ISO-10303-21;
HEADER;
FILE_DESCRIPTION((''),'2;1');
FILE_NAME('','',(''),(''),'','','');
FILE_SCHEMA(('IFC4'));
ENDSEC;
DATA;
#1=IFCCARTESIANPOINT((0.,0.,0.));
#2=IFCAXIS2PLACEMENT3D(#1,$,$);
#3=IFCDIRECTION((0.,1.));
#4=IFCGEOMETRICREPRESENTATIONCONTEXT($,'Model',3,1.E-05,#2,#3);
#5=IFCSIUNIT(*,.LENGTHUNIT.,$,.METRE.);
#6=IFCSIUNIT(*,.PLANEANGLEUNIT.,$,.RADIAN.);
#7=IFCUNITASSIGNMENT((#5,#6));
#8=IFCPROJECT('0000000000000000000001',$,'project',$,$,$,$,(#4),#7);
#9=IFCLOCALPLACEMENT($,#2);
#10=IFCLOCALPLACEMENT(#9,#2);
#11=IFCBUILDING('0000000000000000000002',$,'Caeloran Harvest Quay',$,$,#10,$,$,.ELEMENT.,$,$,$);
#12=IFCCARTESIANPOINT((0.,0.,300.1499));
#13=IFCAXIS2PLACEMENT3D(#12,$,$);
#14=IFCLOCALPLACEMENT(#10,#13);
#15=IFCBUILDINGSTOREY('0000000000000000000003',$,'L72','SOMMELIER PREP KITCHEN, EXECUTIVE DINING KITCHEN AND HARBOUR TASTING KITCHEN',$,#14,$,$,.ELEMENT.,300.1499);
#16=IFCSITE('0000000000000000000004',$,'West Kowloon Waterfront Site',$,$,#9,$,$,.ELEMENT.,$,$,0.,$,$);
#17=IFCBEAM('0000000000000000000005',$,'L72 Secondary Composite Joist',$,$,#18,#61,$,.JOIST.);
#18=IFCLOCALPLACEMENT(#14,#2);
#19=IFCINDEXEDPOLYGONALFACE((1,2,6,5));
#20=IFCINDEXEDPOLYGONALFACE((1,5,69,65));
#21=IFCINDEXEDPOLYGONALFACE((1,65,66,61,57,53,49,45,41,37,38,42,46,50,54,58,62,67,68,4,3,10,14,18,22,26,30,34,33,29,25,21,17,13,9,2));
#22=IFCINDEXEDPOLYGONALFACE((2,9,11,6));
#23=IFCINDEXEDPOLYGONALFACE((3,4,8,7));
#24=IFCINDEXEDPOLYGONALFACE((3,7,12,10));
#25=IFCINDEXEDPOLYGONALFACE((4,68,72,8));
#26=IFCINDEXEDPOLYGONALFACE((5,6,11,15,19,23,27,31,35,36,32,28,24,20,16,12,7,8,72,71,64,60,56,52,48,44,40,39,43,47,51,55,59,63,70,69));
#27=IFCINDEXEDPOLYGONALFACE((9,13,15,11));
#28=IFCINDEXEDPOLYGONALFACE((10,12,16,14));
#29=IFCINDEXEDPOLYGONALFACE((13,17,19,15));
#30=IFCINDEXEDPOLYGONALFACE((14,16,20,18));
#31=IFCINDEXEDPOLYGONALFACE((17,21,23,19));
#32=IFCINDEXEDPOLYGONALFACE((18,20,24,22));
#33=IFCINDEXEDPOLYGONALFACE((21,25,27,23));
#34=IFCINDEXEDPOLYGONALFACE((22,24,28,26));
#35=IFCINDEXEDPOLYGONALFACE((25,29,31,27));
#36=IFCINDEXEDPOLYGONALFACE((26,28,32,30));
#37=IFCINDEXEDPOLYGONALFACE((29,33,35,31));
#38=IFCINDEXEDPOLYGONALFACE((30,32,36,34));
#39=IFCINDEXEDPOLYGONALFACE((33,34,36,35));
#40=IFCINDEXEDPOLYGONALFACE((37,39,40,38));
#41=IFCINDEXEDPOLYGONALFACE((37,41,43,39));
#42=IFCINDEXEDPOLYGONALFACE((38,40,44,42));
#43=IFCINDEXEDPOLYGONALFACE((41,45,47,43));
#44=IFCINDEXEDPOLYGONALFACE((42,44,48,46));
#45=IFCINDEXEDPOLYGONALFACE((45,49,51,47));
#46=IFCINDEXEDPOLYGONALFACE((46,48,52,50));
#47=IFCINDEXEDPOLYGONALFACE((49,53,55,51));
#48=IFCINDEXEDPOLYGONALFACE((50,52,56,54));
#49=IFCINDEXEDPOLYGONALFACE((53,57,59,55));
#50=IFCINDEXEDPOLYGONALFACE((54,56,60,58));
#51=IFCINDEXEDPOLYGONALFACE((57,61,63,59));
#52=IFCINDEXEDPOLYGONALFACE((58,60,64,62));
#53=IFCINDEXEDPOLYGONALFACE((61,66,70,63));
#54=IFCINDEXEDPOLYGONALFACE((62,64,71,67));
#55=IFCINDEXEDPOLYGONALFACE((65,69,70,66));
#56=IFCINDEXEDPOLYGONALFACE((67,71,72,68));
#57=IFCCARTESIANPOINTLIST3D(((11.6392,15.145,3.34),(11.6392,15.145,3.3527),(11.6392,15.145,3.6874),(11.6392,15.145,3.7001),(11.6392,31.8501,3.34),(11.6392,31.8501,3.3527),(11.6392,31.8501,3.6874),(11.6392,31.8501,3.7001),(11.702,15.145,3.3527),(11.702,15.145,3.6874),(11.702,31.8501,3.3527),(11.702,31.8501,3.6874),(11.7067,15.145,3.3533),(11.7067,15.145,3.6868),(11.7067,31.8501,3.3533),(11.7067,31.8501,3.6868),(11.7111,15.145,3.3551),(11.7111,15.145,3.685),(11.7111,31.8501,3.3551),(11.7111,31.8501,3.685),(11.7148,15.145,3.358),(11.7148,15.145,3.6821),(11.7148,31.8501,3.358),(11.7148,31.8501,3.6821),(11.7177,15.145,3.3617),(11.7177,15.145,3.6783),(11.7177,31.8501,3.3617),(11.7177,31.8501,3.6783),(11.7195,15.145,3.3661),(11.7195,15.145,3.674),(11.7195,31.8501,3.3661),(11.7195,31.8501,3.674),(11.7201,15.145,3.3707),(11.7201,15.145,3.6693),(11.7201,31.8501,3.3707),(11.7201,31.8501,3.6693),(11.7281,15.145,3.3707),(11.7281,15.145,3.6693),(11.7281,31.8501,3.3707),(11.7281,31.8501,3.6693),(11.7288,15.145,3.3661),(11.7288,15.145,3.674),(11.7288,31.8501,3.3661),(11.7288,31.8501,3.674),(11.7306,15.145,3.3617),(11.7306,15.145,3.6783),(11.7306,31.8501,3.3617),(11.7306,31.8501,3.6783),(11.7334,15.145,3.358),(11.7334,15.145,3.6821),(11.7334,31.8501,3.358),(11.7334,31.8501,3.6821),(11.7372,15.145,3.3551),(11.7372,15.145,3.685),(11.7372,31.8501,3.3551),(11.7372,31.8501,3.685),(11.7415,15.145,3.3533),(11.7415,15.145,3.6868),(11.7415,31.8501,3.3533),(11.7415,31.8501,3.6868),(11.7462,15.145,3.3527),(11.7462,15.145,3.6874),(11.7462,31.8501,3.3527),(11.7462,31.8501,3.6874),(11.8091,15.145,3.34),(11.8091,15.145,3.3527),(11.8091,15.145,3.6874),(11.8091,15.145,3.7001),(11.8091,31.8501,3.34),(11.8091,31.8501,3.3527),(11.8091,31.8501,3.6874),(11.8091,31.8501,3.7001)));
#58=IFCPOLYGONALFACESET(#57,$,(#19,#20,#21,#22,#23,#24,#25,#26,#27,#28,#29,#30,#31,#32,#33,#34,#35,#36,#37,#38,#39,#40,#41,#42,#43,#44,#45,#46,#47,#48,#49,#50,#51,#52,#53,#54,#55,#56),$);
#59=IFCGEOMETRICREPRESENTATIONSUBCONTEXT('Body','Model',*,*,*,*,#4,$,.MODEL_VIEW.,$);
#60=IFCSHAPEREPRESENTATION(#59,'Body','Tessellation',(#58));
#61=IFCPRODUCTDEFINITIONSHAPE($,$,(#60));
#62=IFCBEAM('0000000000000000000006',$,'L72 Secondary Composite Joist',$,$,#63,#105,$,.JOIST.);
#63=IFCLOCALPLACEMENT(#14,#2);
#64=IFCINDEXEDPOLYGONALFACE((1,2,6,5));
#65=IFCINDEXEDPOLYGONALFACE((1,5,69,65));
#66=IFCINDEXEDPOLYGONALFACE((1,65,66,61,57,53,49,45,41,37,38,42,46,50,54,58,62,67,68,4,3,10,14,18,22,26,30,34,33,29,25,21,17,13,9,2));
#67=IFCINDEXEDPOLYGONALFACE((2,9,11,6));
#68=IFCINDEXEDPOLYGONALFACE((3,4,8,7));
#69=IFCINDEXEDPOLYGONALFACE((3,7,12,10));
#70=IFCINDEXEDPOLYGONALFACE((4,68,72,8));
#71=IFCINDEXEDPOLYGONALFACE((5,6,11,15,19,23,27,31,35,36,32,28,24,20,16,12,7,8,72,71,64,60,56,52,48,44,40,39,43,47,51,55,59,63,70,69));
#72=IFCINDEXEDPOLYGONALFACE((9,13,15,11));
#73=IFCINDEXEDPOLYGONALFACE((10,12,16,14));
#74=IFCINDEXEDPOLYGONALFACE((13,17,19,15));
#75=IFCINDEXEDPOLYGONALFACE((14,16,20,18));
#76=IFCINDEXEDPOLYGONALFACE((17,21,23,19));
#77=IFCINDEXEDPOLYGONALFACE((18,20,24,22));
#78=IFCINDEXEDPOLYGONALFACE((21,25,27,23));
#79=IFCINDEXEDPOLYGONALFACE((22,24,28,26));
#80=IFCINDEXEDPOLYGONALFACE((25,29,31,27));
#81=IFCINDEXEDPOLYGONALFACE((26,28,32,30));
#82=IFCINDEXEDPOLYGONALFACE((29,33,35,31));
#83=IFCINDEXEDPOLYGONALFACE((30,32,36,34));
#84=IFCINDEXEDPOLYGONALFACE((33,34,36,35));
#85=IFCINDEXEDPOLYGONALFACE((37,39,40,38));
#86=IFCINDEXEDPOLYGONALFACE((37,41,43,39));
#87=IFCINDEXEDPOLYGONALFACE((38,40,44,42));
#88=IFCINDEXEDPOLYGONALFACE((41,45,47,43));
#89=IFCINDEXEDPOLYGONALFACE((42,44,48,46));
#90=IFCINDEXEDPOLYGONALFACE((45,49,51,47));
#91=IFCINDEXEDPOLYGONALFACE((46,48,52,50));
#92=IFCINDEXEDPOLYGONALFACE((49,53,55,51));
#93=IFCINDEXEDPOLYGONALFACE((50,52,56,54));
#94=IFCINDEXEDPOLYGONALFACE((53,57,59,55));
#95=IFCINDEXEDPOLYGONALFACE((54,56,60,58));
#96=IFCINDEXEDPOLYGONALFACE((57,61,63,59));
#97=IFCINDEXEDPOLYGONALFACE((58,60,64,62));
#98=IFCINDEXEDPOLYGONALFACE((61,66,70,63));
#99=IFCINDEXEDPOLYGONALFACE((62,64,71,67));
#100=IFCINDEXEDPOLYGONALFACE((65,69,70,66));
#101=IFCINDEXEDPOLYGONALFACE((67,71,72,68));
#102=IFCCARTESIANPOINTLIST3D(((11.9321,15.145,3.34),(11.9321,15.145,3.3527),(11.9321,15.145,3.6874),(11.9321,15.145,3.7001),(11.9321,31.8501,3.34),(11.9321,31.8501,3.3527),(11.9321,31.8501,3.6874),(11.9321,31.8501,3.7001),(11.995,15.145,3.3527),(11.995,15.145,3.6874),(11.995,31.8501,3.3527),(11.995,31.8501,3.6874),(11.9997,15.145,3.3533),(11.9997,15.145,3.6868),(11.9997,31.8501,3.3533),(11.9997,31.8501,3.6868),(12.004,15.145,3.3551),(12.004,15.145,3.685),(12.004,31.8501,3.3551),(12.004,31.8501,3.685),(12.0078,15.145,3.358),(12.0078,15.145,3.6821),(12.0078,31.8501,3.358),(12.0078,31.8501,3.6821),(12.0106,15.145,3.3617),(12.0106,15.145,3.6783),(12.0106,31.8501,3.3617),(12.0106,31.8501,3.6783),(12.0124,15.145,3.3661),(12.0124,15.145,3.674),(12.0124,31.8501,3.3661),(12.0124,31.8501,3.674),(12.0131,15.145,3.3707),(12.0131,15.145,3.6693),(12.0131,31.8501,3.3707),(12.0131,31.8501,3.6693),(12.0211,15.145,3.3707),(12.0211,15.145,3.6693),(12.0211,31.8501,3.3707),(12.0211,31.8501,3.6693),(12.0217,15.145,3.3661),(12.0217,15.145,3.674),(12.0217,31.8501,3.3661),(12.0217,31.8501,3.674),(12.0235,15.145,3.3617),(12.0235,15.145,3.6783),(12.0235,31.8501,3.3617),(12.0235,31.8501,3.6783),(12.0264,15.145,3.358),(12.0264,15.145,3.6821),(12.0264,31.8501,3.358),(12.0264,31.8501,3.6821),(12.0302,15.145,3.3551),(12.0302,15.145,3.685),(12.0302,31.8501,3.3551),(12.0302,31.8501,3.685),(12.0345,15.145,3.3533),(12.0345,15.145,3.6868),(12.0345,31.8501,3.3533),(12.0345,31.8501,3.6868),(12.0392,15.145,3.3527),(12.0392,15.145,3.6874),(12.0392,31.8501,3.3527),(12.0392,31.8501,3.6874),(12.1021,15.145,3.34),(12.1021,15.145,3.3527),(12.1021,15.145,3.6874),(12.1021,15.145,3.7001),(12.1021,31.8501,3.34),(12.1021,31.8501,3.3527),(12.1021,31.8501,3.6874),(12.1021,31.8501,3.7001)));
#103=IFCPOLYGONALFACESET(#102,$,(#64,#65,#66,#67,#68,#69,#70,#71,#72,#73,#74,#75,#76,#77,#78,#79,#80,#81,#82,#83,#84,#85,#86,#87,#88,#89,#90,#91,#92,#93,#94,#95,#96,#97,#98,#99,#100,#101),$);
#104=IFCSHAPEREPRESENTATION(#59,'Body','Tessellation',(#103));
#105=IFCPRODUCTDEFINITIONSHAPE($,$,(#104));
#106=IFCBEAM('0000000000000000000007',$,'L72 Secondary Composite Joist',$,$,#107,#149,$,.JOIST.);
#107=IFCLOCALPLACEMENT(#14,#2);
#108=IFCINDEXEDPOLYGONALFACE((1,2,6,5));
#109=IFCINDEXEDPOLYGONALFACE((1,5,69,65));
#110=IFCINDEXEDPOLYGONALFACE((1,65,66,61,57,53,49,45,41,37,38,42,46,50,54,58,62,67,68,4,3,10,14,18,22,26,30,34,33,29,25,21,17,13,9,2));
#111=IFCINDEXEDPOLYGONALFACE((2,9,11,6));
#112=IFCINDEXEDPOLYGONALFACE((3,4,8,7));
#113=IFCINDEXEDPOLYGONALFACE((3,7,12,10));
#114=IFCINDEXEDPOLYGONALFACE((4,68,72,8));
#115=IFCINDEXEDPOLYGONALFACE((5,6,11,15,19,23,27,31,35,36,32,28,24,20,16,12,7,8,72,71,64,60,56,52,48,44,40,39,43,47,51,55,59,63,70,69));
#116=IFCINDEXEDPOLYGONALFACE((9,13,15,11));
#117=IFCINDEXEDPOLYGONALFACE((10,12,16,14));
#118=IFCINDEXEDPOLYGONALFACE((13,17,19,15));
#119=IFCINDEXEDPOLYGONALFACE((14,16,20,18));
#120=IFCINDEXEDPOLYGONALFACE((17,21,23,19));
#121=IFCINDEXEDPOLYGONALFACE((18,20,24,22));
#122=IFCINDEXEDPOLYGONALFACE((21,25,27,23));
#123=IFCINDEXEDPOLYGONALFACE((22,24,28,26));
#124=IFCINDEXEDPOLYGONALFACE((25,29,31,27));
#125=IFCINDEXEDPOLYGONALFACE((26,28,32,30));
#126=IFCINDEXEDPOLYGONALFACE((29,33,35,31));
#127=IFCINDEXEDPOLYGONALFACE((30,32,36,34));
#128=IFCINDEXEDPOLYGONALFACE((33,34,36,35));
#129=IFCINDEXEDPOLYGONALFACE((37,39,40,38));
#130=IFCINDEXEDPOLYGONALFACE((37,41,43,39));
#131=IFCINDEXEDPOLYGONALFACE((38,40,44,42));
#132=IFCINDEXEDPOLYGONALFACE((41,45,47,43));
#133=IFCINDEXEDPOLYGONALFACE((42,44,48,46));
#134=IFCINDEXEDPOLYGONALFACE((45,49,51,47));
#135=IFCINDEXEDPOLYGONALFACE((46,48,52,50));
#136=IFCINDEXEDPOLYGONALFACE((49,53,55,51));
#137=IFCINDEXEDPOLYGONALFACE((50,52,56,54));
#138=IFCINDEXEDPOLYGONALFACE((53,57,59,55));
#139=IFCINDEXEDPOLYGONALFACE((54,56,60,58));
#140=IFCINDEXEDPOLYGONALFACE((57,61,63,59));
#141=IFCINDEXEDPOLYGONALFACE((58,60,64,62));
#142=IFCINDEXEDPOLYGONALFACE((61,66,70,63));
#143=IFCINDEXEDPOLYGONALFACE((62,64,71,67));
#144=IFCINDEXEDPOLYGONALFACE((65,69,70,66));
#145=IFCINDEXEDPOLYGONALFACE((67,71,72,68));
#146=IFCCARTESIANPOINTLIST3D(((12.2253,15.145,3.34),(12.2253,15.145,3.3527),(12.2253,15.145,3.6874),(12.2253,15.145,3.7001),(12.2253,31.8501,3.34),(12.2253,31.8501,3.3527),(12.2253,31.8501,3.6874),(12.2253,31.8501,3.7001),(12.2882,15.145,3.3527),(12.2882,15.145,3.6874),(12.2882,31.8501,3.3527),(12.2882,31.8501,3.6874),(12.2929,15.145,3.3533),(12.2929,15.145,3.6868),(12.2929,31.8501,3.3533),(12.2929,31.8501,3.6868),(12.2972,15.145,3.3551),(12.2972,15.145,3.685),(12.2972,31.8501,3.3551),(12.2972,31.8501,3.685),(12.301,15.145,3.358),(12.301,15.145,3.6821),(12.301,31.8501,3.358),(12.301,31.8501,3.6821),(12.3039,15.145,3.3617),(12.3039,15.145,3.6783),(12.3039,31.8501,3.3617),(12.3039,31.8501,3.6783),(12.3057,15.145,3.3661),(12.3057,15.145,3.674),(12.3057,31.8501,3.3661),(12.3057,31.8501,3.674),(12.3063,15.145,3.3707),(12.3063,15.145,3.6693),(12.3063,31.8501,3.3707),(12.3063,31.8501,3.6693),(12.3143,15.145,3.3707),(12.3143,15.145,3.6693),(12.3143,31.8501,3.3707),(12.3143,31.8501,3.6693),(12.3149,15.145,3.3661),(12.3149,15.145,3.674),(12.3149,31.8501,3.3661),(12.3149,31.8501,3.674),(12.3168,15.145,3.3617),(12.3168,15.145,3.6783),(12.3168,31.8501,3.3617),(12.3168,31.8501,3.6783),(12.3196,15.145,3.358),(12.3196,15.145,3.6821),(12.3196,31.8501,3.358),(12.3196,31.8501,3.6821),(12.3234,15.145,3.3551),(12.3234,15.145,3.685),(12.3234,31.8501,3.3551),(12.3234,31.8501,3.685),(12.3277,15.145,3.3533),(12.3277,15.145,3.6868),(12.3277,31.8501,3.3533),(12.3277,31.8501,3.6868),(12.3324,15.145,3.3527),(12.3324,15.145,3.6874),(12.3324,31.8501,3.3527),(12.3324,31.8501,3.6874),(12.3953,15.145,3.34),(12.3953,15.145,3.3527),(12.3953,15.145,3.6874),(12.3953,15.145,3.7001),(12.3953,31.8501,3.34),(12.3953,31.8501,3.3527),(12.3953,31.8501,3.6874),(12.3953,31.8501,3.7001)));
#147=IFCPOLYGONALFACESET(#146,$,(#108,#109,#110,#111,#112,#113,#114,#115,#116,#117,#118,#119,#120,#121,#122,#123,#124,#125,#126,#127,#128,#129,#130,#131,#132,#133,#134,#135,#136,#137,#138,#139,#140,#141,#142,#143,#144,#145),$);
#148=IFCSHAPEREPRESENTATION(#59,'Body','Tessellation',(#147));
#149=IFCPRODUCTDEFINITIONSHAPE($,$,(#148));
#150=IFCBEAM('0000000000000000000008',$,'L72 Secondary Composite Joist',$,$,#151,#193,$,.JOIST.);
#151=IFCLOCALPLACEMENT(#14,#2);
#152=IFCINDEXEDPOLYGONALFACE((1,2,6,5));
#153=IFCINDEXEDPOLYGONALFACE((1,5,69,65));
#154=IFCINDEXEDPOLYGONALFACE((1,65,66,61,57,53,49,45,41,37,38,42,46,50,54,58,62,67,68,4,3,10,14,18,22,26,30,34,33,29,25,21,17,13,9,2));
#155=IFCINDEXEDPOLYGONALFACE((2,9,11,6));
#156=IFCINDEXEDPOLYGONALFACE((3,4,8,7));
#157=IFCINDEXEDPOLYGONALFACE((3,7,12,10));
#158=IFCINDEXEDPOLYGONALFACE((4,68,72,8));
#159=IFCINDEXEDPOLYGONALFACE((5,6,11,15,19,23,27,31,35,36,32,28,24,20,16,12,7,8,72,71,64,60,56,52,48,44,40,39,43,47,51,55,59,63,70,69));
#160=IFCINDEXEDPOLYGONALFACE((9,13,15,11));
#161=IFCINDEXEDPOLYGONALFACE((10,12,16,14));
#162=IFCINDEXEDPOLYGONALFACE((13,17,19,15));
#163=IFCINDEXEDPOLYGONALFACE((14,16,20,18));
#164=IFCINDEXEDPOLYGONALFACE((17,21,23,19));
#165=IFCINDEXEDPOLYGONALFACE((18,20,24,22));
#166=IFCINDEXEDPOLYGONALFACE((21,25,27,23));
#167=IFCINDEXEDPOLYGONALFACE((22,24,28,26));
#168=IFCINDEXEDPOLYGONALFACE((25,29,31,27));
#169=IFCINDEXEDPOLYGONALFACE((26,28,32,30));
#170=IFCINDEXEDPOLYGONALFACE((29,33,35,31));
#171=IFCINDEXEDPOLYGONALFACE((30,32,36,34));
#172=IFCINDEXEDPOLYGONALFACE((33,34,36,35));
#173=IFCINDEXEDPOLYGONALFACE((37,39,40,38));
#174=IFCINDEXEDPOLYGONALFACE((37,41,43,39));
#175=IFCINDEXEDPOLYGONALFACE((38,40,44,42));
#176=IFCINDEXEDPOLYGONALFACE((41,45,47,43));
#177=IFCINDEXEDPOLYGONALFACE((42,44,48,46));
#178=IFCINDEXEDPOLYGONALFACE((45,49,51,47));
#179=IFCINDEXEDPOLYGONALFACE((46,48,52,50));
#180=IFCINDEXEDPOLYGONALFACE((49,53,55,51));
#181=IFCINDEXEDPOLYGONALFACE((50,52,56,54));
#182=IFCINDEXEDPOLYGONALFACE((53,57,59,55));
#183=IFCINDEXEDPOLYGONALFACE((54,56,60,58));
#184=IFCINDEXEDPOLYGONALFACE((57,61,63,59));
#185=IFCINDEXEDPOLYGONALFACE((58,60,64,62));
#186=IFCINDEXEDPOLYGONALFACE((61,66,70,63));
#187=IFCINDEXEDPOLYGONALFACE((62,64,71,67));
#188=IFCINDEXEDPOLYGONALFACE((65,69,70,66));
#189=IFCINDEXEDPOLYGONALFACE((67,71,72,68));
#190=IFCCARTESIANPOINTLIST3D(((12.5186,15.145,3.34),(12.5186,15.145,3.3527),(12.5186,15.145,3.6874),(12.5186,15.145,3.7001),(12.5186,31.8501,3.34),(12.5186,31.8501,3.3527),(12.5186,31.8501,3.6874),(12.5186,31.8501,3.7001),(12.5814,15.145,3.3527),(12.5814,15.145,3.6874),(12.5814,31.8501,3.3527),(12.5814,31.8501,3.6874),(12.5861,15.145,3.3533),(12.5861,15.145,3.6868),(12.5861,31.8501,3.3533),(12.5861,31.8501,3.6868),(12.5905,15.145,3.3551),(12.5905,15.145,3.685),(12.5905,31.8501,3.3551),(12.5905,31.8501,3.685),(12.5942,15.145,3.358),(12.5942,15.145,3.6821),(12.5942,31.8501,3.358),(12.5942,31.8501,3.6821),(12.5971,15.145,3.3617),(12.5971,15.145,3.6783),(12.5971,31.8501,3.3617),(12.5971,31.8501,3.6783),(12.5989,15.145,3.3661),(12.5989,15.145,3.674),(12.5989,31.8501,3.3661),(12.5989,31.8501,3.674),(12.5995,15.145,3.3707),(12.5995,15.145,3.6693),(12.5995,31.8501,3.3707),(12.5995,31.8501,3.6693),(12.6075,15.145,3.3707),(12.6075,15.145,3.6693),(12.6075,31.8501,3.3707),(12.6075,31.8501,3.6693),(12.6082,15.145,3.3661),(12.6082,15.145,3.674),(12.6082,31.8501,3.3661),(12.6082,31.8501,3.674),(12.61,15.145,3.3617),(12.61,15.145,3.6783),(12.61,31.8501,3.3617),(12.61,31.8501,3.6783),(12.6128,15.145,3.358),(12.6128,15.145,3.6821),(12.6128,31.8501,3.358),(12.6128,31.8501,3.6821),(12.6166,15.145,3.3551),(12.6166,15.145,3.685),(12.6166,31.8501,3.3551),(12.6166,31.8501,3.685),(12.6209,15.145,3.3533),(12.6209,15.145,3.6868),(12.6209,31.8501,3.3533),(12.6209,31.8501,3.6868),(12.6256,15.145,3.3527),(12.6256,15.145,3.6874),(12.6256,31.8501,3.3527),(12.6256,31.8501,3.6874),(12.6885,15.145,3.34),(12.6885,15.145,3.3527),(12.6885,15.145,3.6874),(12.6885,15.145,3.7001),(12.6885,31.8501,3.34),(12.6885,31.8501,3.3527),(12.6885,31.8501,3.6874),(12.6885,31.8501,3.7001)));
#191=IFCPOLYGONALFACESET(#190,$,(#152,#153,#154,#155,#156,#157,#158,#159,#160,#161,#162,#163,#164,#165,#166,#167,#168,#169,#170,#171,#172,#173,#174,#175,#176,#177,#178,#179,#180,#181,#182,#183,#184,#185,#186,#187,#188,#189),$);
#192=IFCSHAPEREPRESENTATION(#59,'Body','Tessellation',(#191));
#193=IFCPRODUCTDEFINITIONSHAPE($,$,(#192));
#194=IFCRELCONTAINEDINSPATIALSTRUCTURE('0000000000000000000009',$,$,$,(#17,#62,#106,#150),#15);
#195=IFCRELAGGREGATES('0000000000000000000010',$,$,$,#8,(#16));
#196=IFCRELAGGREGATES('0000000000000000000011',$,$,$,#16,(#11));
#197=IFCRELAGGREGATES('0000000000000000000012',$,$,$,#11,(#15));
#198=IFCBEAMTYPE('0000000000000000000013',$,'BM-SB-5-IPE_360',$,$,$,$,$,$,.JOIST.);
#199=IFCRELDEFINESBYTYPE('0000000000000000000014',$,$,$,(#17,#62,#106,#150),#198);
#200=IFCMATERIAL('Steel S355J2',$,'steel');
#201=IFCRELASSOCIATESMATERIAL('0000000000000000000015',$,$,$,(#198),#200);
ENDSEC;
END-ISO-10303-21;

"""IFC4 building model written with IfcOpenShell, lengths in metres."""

from ifc_helpers import new_model, si_unit, direction, frame, origin, origin_2d, place, context, subcontext, project, spatial, i_section, extrude, material, material_profile, profile_set, type_object, element, save


model = new_model("IFC4")

# Units and contexts
model_context = context("Model", 3, precision=1e-05, world=origin(), true_north=direction((0.0, 1.0)))
body_context = subcontext(model_context, "Body", "Model", "MODEL_VIEW")
ifc_project = project(units=[si_unit("LENGTHUNIT", "METRE"), si_unit("PLANEANGLEUNIT", "RADIAN")], contexts=[model_context])

# Site, building, storey
site_placement = place(None, origin())
site = spatial("IfcSite", under=ifc_project, at=site_placement, Name="West Kowloon Waterfront Site", CompositionType="ELEMENT", RefElevation=0.0)
building_placement = place(site_placement, origin())
building = spatial("IfcBuilding", under=site, at=building_placement, Name="Caeloran Harvest Quay", CompositionType="ELEMENT")
storey_placement = place(building_placement, frame((0.0, 0.0, 300.1499)))
storey = spatial("IfcBuildingStorey", under=building, at=storey_placement, Name="L72", Description="SOMMELIER PREP KITCHEN, EXECUTIVE DINING KITCHEN AND HARBOUR TASTING KITCHEN", CompositionType="ELEMENT", Elevation=300.1499)

# Beams
ifc_material_1 = material(Name="Steel S355J2", Category="steel")
ifc_material_profile_1 = material_profile(ifc_material_1, i_section(OverallWidth=0.1699, OverallDepth=0.3601, WebThickness=0.0081, FlangeThickness=0.0127, FilletRadius=0.0181, at=origin_2d()), Name="IPE 360")
ifc_profile_set_1 = profile_set([ifc_material_profile_1], Name="Steel S355J2")
beam_type_1 = type_object("IfcBeamType", Name="BM-SB-5-IPE_360", PredefinedType="JOIST", material=ifc_profile_set_1)
for number, where, z_axis, x_axis, name in (
    (1, (11.7241, 15.145, 3.52), (0.0, 1.0, 0.0), (-1.0, 0.0, 0.0), "L72 Secondary Composite Joist"),
    (2, (12.0171, 15.145, 3.52), (0.0, 1.0, 0.0), (-1.0, 0.0, 0.0), "L72 Secondary Composite Joist"),
    (3, (12.3103, 15.145, 3.52), (0.0, 1.0, 0.0), (-1.0, 0.0, 0.0), "L72 Secondary Composite Joist"),
    (4, (12.6035, 15.145, 3.52), (0.0, 1.0, 0.0), (-1.0, 0.0, 0.0), "L72 Secondary Composite Joist"),
):
    element("IfcBeam", number, at=place(storey_placement, frame(where, z_axis=z_axis, x_axis=x_axis)), inside=storey, type_object=beam_type_1, Name=name, PredefinedType="JOIST", context=body_context, shape_type="SweptSolid", body=[
        extrude(i_section(OverallWidth=0.1699, OverallDepth=0.3601, WebThickness=0.0081, FlangeThickness=0.0127, FilletRadius=0.0181, at=origin_2d()), origin(), (0.0, 0.0, 1.0), 16.7051),
    ])

save(model, "model.ifc")
